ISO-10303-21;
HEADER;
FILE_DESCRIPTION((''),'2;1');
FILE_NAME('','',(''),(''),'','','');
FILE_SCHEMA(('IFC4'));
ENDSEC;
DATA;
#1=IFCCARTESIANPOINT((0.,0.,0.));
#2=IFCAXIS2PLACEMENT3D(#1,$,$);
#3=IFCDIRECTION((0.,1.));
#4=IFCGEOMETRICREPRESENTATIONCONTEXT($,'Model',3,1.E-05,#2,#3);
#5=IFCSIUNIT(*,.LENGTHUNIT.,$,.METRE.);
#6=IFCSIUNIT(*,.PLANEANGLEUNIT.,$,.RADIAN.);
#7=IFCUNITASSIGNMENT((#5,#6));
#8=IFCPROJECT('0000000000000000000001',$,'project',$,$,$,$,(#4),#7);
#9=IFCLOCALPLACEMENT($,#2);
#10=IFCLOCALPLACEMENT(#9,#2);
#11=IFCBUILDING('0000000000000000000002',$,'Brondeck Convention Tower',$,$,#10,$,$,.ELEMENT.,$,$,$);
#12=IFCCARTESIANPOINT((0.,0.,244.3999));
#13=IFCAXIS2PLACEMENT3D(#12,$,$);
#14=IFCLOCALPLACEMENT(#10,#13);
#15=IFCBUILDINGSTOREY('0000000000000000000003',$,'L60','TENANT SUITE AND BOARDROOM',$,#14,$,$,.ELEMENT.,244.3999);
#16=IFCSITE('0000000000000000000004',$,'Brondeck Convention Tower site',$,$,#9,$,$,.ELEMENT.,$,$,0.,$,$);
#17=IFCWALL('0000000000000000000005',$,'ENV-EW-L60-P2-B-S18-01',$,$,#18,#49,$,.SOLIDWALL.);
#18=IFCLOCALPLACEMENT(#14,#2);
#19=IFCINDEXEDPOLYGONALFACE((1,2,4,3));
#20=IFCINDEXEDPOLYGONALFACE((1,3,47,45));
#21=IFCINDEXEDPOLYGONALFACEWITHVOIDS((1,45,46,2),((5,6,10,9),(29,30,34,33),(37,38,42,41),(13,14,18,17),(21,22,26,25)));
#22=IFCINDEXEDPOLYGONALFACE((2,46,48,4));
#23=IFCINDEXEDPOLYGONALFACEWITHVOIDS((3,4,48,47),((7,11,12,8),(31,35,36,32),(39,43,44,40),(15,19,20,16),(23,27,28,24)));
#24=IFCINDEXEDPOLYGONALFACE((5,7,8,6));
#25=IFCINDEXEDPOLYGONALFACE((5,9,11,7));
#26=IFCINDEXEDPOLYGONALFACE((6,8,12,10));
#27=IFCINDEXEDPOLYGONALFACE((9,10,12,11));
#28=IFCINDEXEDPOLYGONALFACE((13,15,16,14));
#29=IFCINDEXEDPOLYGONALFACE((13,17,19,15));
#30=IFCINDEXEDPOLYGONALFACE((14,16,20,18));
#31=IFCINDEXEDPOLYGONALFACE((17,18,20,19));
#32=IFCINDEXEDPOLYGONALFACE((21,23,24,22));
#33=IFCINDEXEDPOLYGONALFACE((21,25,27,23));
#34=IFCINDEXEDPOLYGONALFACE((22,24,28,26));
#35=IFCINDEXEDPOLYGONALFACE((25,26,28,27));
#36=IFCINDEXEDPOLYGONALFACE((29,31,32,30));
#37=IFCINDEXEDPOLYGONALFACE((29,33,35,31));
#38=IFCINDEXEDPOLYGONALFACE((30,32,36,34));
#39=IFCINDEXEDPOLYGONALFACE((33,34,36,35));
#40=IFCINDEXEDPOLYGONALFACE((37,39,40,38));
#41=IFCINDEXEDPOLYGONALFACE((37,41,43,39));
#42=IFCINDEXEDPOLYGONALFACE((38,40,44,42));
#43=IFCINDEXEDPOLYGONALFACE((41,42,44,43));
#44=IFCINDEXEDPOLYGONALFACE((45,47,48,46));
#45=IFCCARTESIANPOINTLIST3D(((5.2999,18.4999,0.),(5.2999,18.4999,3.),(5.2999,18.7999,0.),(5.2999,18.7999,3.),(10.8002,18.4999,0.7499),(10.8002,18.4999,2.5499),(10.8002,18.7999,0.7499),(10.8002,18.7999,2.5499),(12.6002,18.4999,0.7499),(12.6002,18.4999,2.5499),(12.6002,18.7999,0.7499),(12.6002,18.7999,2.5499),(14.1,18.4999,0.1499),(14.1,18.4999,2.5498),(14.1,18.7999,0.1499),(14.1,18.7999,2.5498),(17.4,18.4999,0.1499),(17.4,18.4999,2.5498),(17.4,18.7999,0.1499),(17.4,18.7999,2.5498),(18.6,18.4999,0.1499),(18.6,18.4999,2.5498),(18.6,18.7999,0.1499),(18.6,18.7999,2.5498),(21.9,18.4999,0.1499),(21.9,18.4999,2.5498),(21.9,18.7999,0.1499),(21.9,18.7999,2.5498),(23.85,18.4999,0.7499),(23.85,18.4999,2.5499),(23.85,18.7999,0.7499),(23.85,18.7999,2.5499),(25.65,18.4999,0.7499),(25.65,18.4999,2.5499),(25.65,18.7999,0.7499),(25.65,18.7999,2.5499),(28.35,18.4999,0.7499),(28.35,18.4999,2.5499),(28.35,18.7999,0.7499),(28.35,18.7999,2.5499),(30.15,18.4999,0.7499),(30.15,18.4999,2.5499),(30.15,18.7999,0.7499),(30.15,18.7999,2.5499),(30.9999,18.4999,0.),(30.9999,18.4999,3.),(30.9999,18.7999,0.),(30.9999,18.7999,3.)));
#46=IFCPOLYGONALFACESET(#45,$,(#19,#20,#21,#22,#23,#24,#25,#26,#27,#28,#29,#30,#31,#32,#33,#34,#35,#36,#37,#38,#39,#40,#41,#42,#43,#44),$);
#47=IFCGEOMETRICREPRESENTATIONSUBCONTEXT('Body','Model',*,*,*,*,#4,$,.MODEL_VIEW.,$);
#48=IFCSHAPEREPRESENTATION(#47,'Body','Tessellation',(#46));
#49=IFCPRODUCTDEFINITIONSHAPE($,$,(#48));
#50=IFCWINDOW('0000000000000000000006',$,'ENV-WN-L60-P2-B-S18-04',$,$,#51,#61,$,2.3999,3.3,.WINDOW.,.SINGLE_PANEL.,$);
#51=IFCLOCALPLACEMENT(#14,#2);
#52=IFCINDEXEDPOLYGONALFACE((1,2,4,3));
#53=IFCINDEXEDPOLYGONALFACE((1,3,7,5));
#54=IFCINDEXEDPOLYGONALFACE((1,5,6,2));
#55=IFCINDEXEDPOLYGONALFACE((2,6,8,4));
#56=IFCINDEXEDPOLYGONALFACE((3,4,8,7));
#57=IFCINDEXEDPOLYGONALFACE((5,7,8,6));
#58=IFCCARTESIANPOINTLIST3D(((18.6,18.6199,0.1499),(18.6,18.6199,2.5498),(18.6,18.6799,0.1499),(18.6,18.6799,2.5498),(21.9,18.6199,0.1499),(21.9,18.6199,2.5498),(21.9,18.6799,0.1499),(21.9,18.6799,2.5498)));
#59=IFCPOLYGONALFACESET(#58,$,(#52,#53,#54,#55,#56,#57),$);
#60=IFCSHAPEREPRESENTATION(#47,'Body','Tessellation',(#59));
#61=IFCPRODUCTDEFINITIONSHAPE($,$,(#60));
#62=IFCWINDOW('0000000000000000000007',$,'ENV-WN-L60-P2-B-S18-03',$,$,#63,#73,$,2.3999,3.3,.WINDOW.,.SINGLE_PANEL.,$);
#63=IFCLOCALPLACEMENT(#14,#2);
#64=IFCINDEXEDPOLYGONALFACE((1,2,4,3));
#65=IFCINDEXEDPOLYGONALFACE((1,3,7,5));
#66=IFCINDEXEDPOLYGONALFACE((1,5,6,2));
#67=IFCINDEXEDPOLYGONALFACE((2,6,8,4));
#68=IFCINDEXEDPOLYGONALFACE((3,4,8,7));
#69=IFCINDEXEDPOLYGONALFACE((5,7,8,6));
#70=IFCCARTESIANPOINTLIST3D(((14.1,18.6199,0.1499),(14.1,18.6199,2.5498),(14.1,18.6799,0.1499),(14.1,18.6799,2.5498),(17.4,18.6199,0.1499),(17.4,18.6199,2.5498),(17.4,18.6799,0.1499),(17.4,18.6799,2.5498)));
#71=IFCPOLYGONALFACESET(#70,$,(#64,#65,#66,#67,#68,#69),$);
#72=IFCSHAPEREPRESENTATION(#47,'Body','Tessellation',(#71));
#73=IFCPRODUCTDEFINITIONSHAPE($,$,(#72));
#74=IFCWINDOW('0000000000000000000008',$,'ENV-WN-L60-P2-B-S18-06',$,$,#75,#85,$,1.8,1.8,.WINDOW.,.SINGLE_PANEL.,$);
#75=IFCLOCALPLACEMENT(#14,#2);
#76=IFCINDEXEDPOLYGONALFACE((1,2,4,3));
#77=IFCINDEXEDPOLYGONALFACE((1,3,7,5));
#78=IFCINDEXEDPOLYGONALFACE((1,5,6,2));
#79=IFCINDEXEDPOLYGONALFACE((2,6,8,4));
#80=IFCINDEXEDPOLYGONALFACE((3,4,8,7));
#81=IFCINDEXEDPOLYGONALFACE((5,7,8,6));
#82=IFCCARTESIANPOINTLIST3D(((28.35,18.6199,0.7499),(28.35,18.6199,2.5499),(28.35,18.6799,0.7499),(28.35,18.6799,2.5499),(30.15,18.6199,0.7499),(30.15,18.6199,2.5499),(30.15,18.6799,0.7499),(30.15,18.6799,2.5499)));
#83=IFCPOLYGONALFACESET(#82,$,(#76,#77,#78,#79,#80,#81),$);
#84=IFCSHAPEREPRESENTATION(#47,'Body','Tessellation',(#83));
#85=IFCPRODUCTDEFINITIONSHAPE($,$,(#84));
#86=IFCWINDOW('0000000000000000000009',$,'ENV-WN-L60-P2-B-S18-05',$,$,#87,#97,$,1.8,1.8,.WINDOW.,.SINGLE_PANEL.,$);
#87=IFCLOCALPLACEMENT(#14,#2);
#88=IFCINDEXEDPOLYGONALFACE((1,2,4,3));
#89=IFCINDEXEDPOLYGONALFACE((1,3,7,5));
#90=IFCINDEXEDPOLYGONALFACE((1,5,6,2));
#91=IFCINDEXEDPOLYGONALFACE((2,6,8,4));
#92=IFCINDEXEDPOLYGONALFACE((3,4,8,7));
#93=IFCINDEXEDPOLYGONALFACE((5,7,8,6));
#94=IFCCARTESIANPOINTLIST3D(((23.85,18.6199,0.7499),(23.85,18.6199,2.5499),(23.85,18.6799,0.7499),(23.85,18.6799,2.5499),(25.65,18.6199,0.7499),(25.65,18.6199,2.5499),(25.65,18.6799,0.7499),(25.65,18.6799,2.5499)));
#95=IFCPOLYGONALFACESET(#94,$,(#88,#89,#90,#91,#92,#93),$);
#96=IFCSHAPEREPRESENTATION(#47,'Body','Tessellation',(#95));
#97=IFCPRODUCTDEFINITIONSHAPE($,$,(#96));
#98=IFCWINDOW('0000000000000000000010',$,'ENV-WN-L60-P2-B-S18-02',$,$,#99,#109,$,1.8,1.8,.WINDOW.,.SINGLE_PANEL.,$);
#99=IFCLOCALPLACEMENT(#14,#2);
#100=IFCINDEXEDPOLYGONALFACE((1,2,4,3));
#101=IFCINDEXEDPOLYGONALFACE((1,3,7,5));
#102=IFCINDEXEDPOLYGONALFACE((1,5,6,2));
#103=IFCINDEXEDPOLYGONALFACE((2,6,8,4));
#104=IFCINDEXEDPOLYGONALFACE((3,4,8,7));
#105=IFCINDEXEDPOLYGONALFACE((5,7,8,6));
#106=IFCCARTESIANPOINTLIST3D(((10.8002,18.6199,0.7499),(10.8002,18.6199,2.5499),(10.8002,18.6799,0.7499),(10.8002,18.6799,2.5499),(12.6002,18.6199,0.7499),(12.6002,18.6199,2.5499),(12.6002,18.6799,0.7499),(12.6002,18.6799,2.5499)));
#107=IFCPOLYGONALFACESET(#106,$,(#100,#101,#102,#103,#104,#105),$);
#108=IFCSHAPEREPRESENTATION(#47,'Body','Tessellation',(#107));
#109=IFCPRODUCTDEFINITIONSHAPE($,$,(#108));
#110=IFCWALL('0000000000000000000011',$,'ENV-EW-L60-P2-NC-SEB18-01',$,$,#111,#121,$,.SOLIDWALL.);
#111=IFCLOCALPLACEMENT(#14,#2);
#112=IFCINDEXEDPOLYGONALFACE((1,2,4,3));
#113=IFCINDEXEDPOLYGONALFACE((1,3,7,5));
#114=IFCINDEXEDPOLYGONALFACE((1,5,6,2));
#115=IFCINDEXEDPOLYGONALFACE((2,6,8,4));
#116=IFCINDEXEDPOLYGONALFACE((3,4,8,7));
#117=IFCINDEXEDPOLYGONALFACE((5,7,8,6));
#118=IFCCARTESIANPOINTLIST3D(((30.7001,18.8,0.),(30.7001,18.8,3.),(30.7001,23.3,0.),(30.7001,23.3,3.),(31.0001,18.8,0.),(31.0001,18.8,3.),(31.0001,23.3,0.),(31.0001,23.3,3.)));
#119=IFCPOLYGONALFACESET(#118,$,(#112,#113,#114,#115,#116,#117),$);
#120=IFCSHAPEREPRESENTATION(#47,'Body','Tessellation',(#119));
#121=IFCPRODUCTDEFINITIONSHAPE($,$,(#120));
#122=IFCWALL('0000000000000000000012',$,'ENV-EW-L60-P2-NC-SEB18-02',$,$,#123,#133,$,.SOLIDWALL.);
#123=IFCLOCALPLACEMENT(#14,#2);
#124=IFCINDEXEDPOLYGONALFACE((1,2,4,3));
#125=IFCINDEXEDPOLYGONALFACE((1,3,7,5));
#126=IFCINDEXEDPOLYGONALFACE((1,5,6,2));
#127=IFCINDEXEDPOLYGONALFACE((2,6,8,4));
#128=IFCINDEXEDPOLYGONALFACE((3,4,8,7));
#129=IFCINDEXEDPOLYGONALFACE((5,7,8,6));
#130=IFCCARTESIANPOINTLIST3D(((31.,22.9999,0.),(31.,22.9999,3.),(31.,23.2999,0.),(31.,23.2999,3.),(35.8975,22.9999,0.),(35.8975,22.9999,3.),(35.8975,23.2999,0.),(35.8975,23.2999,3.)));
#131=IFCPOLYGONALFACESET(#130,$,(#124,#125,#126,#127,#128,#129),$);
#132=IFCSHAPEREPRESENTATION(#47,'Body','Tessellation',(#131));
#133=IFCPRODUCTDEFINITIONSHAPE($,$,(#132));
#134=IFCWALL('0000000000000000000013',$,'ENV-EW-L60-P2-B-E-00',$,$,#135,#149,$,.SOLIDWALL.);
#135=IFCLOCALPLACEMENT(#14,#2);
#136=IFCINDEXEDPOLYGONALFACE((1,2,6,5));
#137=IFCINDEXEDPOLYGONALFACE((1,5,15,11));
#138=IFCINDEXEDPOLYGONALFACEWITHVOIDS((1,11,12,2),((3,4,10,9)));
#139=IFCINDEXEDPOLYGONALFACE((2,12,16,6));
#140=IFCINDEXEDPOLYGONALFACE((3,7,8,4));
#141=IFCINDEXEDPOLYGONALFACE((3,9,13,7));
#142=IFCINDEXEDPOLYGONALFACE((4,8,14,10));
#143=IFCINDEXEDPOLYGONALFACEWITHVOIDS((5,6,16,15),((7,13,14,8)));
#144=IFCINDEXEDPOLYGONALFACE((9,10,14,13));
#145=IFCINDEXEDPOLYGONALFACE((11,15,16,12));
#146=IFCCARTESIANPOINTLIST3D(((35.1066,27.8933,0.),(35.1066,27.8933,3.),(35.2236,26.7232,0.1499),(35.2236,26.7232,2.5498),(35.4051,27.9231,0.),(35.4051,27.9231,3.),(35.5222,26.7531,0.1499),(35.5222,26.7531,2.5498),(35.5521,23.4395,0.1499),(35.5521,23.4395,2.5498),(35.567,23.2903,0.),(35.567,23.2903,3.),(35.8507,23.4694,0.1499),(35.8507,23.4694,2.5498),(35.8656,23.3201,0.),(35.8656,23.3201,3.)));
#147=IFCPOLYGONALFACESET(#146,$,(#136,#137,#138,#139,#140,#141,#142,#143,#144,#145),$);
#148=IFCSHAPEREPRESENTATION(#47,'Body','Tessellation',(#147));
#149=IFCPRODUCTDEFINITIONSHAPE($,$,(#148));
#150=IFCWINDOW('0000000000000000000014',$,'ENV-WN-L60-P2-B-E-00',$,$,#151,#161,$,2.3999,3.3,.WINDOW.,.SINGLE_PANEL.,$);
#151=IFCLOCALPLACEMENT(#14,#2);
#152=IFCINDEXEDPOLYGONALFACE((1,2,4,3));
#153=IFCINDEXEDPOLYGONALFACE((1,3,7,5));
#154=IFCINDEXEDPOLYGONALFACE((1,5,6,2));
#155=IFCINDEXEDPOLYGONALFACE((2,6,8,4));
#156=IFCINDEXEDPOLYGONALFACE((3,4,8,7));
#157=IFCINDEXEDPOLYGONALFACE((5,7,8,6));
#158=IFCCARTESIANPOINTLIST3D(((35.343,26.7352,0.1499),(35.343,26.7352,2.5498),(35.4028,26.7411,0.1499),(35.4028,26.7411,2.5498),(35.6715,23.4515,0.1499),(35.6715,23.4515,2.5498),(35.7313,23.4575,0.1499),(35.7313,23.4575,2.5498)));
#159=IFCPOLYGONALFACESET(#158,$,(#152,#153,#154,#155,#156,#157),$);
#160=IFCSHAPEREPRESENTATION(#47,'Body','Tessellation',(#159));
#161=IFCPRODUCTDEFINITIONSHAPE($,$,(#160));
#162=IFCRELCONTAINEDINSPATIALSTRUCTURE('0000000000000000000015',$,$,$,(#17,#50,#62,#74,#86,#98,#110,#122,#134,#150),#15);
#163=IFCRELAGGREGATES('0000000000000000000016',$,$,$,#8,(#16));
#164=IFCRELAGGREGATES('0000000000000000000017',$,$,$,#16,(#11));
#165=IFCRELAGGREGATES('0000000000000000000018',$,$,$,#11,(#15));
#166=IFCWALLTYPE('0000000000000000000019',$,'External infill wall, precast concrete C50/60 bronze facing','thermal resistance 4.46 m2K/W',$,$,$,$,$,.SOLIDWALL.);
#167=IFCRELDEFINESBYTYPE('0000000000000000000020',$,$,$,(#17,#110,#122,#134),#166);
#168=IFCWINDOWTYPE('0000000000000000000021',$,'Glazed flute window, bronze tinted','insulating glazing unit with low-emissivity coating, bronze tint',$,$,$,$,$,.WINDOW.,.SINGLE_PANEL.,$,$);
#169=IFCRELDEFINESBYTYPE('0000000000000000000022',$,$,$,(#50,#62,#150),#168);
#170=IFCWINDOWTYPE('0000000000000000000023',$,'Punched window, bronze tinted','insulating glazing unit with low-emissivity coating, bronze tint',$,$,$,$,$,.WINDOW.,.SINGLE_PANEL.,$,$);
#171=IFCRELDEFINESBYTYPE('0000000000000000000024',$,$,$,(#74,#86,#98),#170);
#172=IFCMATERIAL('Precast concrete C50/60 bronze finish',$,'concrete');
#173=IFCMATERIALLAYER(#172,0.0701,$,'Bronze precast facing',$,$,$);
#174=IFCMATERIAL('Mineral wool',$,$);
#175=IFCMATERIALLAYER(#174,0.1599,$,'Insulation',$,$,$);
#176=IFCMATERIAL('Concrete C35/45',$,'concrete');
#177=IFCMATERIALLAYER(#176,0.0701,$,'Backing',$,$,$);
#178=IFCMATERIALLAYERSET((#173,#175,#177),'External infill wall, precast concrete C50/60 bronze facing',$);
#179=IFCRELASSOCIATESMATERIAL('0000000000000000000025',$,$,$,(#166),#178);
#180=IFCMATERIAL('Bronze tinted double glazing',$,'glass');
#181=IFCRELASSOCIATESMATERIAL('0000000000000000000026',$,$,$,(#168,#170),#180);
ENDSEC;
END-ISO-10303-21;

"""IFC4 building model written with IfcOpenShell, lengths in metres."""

from ifc_helpers import new_model, si_unit, direction, frame, frame_2d, origin, place, context, subcontext, project, spatial, rectangle, extrude, material, layer, layer_set, type_object, element, fill, save


model = new_model("IFC4")

# Units and contexts
model_context = context("Model", 3, precision=1e-05, world=origin(), true_north=direction((0.0, 1.0)))
body_context = subcontext(model_context, "Body", "Model", "MODEL_VIEW")
ifc_project = project(units=[si_unit("LENGTHUNIT", "METRE"), si_unit("PLANEANGLEUNIT", "RADIAN")], contexts=[model_context])

# Site, building, storey
site_placement = place(None, origin())
site = spatial("IfcSite", under=ifc_project, at=site_placement, Name="Brondeck Convention Tower site", CompositionType="ELEMENT", RefElevation=0.0)
building_placement = place(site_placement, origin())
building = spatial("IfcBuilding", under=site, at=building_placement, Name="Brondeck Convention Tower", CompositionType="ELEMENT")
storey_placement = place(building_placement, frame((0.0, 0.0, 244.3999)))
storey = spatial("IfcBuildingStorey", under=building, at=storey_placement, Name="L60", Description="TENANT SUITE AND BOARDROOM", CompositionType="ELEMENT", Elevation=244.3999)

# Wall, openings, windows
ifc_material_1 = material(Name="Precast concrete C50/60 bronze finish", Category="concrete")
ifc_layer_1 = layer(ifc_material_1, 0.0701, Name="Bronze precast facing")
ifc_material_2 = material(Name="Mineral wool")
ifc_layer_2 = layer(ifc_material_2, 0.1599, Name="Insulation")
ifc_material_3 = material(Name="Concrete C35/45", Category="concrete")
ifc_layer_3 = layer(ifc_material_3, 0.0701, Name="Backing")
ifc_layer_set_1 = layer_set([ifc_layer_1, ifc_layer_2, ifc_layer_3], Name="External infill wall, precast concrete C50/60 bronze facing")
wall_type_1 = type_object("IfcWallType", Name="External infill wall, precast concrete C50/60 bronze facing", Description="thermal resistance 4.46 m2K/W", PredefinedType="SOLIDWALL", material=ifc_layer_set_1)
wall_1_placement = place(storey_placement, frame((31.0, 18.6499, 0.0), z_axis=(0.0, 0.0, 1.0), x_axis=(-1.0, 0.0, 0.0)))
wall_1 = element("IfcWall", 1, at=wall_1_placement, inside=storey, type_object=wall_type_1, Name="ENV-EW-L60-P2-B-S18-01", PredefinedType="SOLIDWALL", context=body_context, shape_type="SweptSolid", body=[
    extrude(rectangle(XDim=25.7, YDim=0.3, at=frame_2d((12.8501, 0.0))), origin(), (0.0, 0.0, 1.0), 3.0),
])
opening_1_placement = place(wall_1_placement, frame((0.8501, 0.0, 0.75)))
opening_1 = element("IfcOpeningElement", 2, at=opening_1_placement, cuts=wall_1, PredefinedType="OPENING", context=body_context, shape_type="SweptSolid", body=[
    extrude(rectangle(XDim=1.8, YDim=1.8, at=frame_2d((0.8999, 0.8999))), frame((0.0, 0.1599, 0.0), z_axis=(0.0, -1.0, 0.0), x_axis=(1.0, 0.0, 0.0)), (0.0, 0.0, 1.0), 0.3201),
])
opening_2_placement = place(wall_1_placement, frame((5.3501, 0.0, 0.75)))
opening_2 = element("IfcOpeningElement", 3, at=opening_2_placement, cuts=wall_1, PredefinedType="OPENING", context=body_context, shape_type="SweptSolid", body=[
    extrude(rectangle(XDim=1.8, YDim=1.8, at=frame_2d((0.8999, 0.8999))), frame((0.0, 0.1599, 0.0), z_axis=(0.0, -1.0, 0.0), x_axis=(1.0, 0.0, 0.0)), (0.0, 0.0, 1.0), 0.3201),
])
opening_3_placement = place(wall_1_placement, frame((9.1001, 0.0, 0.1499)))
opening_3 = element("IfcOpeningElement", 4, at=opening_3_placement, cuts=wall_1, PredefinedType="OPENING", context=body_context, shape_type="SweptSolid", body=[
    extrude(rectangle(XDim=3.3, YDim=2.3999, at=frame_2d((1.6499, 1.2))), frame((0.0, 0.1599, 0.0), z_axis=(0.0, -1.0, 0.0), x_axis=(1.0, 0.0, 0.0)), (0.0, 0.0, 1.0), 0.3201),
])
opening_4_placement = place(wall_1_placement, frame((13.6001, 0.0, 0.1499)))
opening_4 = element("IfcOpeningElement", 5, at=opening_4_placement, cuts=wall_1, PredefinedType="OPENING", context=body_context, shape_type="SweptSolid", body=[
    extrude(rectangle(XDim=3.3, YDim=2.3999, at=frame_2d((1.6499, 1.2))), frame((0.0, 0.1599, 0.0), z_axis=(0.0, -1.0, 0.0), x_axis=(1.0, 0.0, 0.0)), (0.0, 0.0, 1.0), 0.3201),
])
opening_5_placement = place(wall_1_placement, frame((18.3999, 0.0, 0.75)))
opening_5 = element("IfcOpeningElement", 6, at=opening_5_placement, cuts=wall_1, PredefinedType="OPENING", context=body_context, shape_type="SweptSolid", body=[
    extrude(rectangle(XDim=1.8, YDim=1.8, at=frame_2d((0.8999, 0.8999))), frame((0.0, 0.1599, 0.0), z_axis=(0.0, -1.0, 0.0), x_axis=(1.0, 0.0, 0.0)), (0.0, 0.0, 1.0), 0.3201),
])
ifc_material_4 = material(Name="Bronze tinted double glazing", Category="glass")
window_type_1 = type_object("IfcWindowType", Name="Glazed flute window, bronze tinted", Description="insulating glazing unit with low-emissivity coating, bronze tint", PartitioningType="SINGLE_PANEL", PredefinedType="WINDOW", material=ifc_material_4)
window_1_placement = place(opening_3_placement, origin())
window_1 = element("IfcWindow", 7, at=window_1_placement, inside=storey, type_object=window_type_1, Name="ENV-WN-L60-P2-B-S18-04", OverallHeight=2.3999, OverallWidth=3.3, PartitioningType="SINGLE_PANEL", PredefinedType="WINDOW", context=body_context, shape_type="SweptSolid", body=[
    extrude(rectangle(XDim=3.3, YDim=2.3999, at=frame_2d((1.6499, 1.2))), frame((0.0, 0.03, 0.0), z_axis=(0.0, -1.0, 0.0), x_axis=(1.0, 0.0, 0.0)), (0.0, 0.0, 1.0), 0.0601),
])
fill(opening_3, window_1)
window_2_placement = place(opening_4_placement, origin())
window_2 = element("IfcWindow", 8, at=window_2_placement, inside=storey, type_object=window_type_1, Name="ENV-WN-L60-P2-B-S18-03", OverallHeight=2.3999, OverallWidth=3.3, PartitioningType="SINGLE_PANEL", PredefinedType="WINDOW", context=body_context, shape_type="SweptSolid", body=[
    extrude(rectangle(XDim=3.3, YDim=2.3999, at=frame_2d((1.6499, 1.2))), frame((0.0, 0.03, 0.0), z_axis=(0.0, -1.0, 0.0), x_axis=(1.0, 0.0, 0.0)), (0.0, 0.0, 1.0), 0.0601),
])
fill(opening_4, window_2)
window_type_2 = type_object("IfcWindowType", Name="Punched window, bronze tinted", Description="insulating glazing unit with low-emissivity coating, bronze tint", PartitioningType="SINGLE_PANEL", PredefinedType="WINDOW", material=ifc_material_4)
window_3_placement = place(opening_1_placement, origin())
window_3 = element("IfcWindow", 9, at=window_3_placement, inside=storey, type_object=window_type_2, Name="ENV-WN-L60-P2-B-S18-06", OverallHeight=1.8, OverallWidth=1.8, PartitioningType="SINGLE_PANEL", PredefinedType="WINDOW", context=body_context, shape_type="SweptSolid", body=[
    extrude(rectangle(XDim=1.8, YDim=1.8, at=frame_2d((0.8999, 0.8999))), frame((0.0, 0.03, 0.0), z_axis=(0.0, -1.0, 0.0), x_axis=(1.0, 0.0, 0.0)), (0.0, 0.0, 1.0), 0.0601),
])
fill(opening_1, window_3)
window_4_placement = place(opening_2_placement, origin())
window_4 = element("IfcWindow", 10, at=window_4_placement, inside=storey, type_object=window_type_2, Name="ENV-WN-L60-P2-B-S18-05", OverallHeight=1.8, OverallWidth=1.8, PartitioningType="SINGLE_PANEL", PredefinedType="WINDOW", context=body_context, shape_type="SweptSolid", body=[
    extrude(rectangle(XDim=1.8, YDim=1.8, at=frame_2d((0.8999, 0.8999))), frame((0.0, 0.03, 0.0), z_axis=(0.0, -1.0, 0.0), x_axis=(1.0, 0.0, 0.0)), (0.0, 0.0, 1.0), 0.0601),
])
fill(opening_2, window_4)
window_5_placement = place(opening_5_placement, origin())
window_5 = element("IfcWindow", 11, at=window_5_placement, inside=storey, type_object=window_type_2, Name="ENV-WN-L60-P2-B-S18-02", OverallHeight=1.8, OverallWidth=1.8, PartitioningType="SINGLE_PANEL", PredefinedType="WINDOW", context=body_context, shape_type="SweptSolid", body=[
    extrude(rectangle(XDim=1.8, YDim=1.8, at=frame_2d((0.8999, 0.8999))), frame((0.0, 0.03, 0.0), z_axis=(0.0, -1.0, 0.0), x_axis=(1.0, 0.0, 0.0)), (0.0, 0.0, 1.0), 0.0601),
])
fill(opening_5, window_5)

# Walls
wall_2_placement = place(storey_placement, frame((30.8501, 23.3, 0.0), z_axis=(0.0, 0.0, 1.0), x_axis=(0.0, -1.0, 0.0)))
element("IfcWall", 12, at=wall_2_placement, inside=storey, type_object=wall_type_1, Name="ENV-EW-L60-P2-NC-SEB18-01", PredefinedType="SOLIDWALL", context=body_context, shape_type="SweptSolid", body=[
    extrude(rectangle(XDim=4.5, YDim=0.3, at=frame_2d((2.25, 0.0))), origin(), (0.0, 0.0, 1.0), 3.0),
])
wall_3_placement = place(storey_placement, frame((35.8975, 23.1499, 0.0), z_axis=(0.0, 0.0, 1.0), x_axis=(-1.0, 0.0, 0.0)))
element("IfcWall", 13, at=wall_3_placement, inside=storey, type_object=wall_type_1, Name="ENV-EW-L60-P2-NC-SEB18-02", PredefinedType="SOLIDWALL", context=body_context, shape_type="SweptSolid", body=[
    extrude(rectangle(XDim=4.8975, YDim=0.3, at=frame_2d((2.4487, 0.0))), origin(), (0.0, 0.0, 1.0), 3.0),
])

# Wall, opening, window
wall_4_placement = place(storey_placement, frame((35.2559, 27.9082, 0.0), z_axis=(0.0, 0.0, 1.0), x_axis=(0.099535, -0.995034, 0.0)))
wall_4 = element("IfcWall", 14, at=wall_4_placement, inside=storey, type_object=wall_type_1, Name="ENV-EW-L60-P2-B-E-00", PredefinedType="SOLIDWALL", context=body_context, shape_type="SweptSolid", body=[
    extrude(rectangle(XDim=4.626, YDim=0.3, at=frame_2d((2.313, 0.0))), origin(), (0.0, 0.0, 1.0), 3.0),
])
opening_6_placement = place(wall_4_placement, frame((1.176, 0.0, 0.1499)))
opening_6 = element("IfcOpeningElement", 15, at=opening_6_placement, cuts=wall_4, PredefinedType="OPENING", context=body_context, shape_type="SweptSolid", body=[
    extrude(rectangle(XDim=3.3, YDim=2.3999, at=frame_2d((1.6499, 1.2))), frame((0.0, 0.1599, 0.0), z_axis=(0.0, -1.0, 0.0), x_axis=(1.0, 0.0, 0.0)), (0.0, 0.0, 1.0), 0.3201),
])
window_6_placement = place(opening_6_placement, origin())
window_6 = element("IfcWindow", 16, at=window_6_placement, inside=storey, type_object=window_type_1, Name="ENV-WN-L60-P2-B-E-00", OverallHeight=2.3999, OverallWidth=3.3, PartitioningType="SINGLE_PANEL", PredefinedType="WINDOW", context=body_context, shape_type="SweptSolid", body=[
    extrude(rectangle(XDim=3.3, YDim=2.3999, at=frame_2d((1.6499, 1.2))), frame((0.0, 0.03, 0.0), z_axis=(0.0, -1.0, 0.0), x_axis=(1.0, 0.0, 0.0)), (0.0, 0.0, 1.0), 0.0601),
])
fill(opening_6, window_6)

save(model, "model.ifc")
